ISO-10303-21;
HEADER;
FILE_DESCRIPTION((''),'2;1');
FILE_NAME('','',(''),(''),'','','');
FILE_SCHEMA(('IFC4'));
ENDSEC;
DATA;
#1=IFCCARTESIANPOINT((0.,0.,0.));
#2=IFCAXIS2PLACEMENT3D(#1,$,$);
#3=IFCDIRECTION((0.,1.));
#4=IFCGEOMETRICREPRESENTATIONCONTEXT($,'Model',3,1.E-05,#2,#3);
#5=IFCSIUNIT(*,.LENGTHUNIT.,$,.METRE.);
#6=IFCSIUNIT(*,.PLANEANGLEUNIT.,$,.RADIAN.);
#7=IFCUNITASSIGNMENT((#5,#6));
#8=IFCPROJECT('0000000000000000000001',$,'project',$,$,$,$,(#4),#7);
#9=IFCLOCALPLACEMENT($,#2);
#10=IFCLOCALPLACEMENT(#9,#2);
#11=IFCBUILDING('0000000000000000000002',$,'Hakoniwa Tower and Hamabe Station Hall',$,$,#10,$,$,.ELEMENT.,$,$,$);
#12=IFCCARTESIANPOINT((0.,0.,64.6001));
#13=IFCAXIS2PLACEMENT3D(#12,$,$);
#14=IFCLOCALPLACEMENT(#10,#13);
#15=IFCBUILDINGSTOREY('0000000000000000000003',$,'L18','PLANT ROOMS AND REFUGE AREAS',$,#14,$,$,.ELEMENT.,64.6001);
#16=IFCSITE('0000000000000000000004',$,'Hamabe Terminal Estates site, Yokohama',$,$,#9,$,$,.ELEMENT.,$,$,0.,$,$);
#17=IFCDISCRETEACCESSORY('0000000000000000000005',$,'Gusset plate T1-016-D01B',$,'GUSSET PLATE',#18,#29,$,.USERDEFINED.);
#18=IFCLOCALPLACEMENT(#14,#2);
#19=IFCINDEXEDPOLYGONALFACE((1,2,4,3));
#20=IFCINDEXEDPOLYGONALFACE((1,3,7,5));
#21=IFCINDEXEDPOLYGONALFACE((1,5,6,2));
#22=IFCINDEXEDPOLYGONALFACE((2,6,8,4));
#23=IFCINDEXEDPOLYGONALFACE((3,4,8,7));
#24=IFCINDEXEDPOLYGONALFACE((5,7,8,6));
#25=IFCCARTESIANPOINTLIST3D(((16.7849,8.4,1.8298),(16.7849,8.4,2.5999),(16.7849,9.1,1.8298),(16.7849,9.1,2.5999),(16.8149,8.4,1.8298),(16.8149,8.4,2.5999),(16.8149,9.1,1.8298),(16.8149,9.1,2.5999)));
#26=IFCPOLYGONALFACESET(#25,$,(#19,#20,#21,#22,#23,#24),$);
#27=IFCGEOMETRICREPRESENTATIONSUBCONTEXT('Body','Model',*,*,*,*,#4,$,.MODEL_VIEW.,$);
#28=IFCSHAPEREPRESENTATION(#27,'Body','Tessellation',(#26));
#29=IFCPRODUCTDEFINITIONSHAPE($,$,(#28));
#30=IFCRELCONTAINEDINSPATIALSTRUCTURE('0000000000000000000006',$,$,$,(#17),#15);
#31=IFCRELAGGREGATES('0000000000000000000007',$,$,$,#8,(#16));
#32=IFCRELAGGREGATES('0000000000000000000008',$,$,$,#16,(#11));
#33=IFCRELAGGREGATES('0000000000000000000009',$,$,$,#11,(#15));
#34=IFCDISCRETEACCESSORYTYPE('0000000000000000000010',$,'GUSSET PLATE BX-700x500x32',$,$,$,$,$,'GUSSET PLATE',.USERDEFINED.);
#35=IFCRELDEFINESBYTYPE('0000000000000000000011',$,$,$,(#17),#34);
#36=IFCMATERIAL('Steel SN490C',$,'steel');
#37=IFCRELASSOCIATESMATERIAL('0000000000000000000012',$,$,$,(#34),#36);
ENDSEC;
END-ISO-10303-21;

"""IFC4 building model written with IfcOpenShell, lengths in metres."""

from ifc_helpers import new_model, si_unit, direction, frame, origin, origin_2d, place, context, subcontext, project, spatial, rectangle, extrude, material, material_profile, profile_set, type_object, element, save


model = new_model("IFC4")

# Units and contexts
model_context = context("Model", 3, precision=1e-05, world=origin(), true_north=direction((0.0, 1.0)))
body_context = subcontext(model_context, "Body", "Model", "MODEL_VIEW")
ifc_project = project(units=[si_unit("LENGTHUNIT", "METRE"), si_unit("PLANEANGLEUNIT", "RADIAN")], contexts=[model_context])

# Site, building, storey
site_placement = place(None, origin())
site = spatial("IfcSite", under=ifc_project, at=site_placement, Name="Hamabe Terminal Estates site, Yokohama", CompositionType="ELEMENT", RefElevation=0.0)
building_placement = place(site_placement, origin())
building = spatial("IfcBuilding", under=site, at=building_placement, Name="Hakoniwa Tower and Hamabe Station Hall", CompositionType="ELEMENT")
storey_placement = place(building_placement, frame((0.0, 0.0, 64.6001)))
storey = spatial("IfcBuildingStorey", under=building, at=storey_placement, Name="L18", Description="PLANT ROOMS AND REFUGE AREAS", CompositionType="ELEMENT", Elevation=64.6001)

# Discrete accessory
ifc_material_1 = material(Name="Steel SN490C", Category="steel")
ifc_material_profile_1 = material_profile(ifc_material_1, rectangle(XDim=0.7, YDim=0.77, at=origin_2d()), Name="GUSSET PLATE BX-700x500x32")
ifc_profile_set_1 = profile_set([ifc_material_profile_1], Name="Steel SN490C")
discrete_accessory_type_1 = type_object("IfcDiscreteAccessoryType", Name="GUSSET PLATE BX-700x500x32", ElementType="GUSSET PLATE", PredefinedType="USERDEFINED", material=ifc_profile_set_1)
for number, where, z_axis, x_axis, name in (
    (1, (16.8149, 8.75, 2.2148), (-1.0, 0.0, 0.0), (0.0, -1.0, 0.0), "Gusset plate T1-016-D01B"),
):
    element("IfcDiscreteAccessory", number, at=place(storey_placement, frame(where, z_axis=z_axis, x_axis=x_axis)), inside=storey, type_object=discrete_accessory_type_1, Name=name, ObjectType="GUSSET PLATE", PredefinedType="USERDEFINED", context=body_context, shape_type="SweptSolid", body=[
        extrude(rectangle(XDim=0.7, YDim=0.77, at=origin_2d()), origin(), (0.0, 0.0, 1.0), 0.03),
    ])

save(model, "model.ifc")
